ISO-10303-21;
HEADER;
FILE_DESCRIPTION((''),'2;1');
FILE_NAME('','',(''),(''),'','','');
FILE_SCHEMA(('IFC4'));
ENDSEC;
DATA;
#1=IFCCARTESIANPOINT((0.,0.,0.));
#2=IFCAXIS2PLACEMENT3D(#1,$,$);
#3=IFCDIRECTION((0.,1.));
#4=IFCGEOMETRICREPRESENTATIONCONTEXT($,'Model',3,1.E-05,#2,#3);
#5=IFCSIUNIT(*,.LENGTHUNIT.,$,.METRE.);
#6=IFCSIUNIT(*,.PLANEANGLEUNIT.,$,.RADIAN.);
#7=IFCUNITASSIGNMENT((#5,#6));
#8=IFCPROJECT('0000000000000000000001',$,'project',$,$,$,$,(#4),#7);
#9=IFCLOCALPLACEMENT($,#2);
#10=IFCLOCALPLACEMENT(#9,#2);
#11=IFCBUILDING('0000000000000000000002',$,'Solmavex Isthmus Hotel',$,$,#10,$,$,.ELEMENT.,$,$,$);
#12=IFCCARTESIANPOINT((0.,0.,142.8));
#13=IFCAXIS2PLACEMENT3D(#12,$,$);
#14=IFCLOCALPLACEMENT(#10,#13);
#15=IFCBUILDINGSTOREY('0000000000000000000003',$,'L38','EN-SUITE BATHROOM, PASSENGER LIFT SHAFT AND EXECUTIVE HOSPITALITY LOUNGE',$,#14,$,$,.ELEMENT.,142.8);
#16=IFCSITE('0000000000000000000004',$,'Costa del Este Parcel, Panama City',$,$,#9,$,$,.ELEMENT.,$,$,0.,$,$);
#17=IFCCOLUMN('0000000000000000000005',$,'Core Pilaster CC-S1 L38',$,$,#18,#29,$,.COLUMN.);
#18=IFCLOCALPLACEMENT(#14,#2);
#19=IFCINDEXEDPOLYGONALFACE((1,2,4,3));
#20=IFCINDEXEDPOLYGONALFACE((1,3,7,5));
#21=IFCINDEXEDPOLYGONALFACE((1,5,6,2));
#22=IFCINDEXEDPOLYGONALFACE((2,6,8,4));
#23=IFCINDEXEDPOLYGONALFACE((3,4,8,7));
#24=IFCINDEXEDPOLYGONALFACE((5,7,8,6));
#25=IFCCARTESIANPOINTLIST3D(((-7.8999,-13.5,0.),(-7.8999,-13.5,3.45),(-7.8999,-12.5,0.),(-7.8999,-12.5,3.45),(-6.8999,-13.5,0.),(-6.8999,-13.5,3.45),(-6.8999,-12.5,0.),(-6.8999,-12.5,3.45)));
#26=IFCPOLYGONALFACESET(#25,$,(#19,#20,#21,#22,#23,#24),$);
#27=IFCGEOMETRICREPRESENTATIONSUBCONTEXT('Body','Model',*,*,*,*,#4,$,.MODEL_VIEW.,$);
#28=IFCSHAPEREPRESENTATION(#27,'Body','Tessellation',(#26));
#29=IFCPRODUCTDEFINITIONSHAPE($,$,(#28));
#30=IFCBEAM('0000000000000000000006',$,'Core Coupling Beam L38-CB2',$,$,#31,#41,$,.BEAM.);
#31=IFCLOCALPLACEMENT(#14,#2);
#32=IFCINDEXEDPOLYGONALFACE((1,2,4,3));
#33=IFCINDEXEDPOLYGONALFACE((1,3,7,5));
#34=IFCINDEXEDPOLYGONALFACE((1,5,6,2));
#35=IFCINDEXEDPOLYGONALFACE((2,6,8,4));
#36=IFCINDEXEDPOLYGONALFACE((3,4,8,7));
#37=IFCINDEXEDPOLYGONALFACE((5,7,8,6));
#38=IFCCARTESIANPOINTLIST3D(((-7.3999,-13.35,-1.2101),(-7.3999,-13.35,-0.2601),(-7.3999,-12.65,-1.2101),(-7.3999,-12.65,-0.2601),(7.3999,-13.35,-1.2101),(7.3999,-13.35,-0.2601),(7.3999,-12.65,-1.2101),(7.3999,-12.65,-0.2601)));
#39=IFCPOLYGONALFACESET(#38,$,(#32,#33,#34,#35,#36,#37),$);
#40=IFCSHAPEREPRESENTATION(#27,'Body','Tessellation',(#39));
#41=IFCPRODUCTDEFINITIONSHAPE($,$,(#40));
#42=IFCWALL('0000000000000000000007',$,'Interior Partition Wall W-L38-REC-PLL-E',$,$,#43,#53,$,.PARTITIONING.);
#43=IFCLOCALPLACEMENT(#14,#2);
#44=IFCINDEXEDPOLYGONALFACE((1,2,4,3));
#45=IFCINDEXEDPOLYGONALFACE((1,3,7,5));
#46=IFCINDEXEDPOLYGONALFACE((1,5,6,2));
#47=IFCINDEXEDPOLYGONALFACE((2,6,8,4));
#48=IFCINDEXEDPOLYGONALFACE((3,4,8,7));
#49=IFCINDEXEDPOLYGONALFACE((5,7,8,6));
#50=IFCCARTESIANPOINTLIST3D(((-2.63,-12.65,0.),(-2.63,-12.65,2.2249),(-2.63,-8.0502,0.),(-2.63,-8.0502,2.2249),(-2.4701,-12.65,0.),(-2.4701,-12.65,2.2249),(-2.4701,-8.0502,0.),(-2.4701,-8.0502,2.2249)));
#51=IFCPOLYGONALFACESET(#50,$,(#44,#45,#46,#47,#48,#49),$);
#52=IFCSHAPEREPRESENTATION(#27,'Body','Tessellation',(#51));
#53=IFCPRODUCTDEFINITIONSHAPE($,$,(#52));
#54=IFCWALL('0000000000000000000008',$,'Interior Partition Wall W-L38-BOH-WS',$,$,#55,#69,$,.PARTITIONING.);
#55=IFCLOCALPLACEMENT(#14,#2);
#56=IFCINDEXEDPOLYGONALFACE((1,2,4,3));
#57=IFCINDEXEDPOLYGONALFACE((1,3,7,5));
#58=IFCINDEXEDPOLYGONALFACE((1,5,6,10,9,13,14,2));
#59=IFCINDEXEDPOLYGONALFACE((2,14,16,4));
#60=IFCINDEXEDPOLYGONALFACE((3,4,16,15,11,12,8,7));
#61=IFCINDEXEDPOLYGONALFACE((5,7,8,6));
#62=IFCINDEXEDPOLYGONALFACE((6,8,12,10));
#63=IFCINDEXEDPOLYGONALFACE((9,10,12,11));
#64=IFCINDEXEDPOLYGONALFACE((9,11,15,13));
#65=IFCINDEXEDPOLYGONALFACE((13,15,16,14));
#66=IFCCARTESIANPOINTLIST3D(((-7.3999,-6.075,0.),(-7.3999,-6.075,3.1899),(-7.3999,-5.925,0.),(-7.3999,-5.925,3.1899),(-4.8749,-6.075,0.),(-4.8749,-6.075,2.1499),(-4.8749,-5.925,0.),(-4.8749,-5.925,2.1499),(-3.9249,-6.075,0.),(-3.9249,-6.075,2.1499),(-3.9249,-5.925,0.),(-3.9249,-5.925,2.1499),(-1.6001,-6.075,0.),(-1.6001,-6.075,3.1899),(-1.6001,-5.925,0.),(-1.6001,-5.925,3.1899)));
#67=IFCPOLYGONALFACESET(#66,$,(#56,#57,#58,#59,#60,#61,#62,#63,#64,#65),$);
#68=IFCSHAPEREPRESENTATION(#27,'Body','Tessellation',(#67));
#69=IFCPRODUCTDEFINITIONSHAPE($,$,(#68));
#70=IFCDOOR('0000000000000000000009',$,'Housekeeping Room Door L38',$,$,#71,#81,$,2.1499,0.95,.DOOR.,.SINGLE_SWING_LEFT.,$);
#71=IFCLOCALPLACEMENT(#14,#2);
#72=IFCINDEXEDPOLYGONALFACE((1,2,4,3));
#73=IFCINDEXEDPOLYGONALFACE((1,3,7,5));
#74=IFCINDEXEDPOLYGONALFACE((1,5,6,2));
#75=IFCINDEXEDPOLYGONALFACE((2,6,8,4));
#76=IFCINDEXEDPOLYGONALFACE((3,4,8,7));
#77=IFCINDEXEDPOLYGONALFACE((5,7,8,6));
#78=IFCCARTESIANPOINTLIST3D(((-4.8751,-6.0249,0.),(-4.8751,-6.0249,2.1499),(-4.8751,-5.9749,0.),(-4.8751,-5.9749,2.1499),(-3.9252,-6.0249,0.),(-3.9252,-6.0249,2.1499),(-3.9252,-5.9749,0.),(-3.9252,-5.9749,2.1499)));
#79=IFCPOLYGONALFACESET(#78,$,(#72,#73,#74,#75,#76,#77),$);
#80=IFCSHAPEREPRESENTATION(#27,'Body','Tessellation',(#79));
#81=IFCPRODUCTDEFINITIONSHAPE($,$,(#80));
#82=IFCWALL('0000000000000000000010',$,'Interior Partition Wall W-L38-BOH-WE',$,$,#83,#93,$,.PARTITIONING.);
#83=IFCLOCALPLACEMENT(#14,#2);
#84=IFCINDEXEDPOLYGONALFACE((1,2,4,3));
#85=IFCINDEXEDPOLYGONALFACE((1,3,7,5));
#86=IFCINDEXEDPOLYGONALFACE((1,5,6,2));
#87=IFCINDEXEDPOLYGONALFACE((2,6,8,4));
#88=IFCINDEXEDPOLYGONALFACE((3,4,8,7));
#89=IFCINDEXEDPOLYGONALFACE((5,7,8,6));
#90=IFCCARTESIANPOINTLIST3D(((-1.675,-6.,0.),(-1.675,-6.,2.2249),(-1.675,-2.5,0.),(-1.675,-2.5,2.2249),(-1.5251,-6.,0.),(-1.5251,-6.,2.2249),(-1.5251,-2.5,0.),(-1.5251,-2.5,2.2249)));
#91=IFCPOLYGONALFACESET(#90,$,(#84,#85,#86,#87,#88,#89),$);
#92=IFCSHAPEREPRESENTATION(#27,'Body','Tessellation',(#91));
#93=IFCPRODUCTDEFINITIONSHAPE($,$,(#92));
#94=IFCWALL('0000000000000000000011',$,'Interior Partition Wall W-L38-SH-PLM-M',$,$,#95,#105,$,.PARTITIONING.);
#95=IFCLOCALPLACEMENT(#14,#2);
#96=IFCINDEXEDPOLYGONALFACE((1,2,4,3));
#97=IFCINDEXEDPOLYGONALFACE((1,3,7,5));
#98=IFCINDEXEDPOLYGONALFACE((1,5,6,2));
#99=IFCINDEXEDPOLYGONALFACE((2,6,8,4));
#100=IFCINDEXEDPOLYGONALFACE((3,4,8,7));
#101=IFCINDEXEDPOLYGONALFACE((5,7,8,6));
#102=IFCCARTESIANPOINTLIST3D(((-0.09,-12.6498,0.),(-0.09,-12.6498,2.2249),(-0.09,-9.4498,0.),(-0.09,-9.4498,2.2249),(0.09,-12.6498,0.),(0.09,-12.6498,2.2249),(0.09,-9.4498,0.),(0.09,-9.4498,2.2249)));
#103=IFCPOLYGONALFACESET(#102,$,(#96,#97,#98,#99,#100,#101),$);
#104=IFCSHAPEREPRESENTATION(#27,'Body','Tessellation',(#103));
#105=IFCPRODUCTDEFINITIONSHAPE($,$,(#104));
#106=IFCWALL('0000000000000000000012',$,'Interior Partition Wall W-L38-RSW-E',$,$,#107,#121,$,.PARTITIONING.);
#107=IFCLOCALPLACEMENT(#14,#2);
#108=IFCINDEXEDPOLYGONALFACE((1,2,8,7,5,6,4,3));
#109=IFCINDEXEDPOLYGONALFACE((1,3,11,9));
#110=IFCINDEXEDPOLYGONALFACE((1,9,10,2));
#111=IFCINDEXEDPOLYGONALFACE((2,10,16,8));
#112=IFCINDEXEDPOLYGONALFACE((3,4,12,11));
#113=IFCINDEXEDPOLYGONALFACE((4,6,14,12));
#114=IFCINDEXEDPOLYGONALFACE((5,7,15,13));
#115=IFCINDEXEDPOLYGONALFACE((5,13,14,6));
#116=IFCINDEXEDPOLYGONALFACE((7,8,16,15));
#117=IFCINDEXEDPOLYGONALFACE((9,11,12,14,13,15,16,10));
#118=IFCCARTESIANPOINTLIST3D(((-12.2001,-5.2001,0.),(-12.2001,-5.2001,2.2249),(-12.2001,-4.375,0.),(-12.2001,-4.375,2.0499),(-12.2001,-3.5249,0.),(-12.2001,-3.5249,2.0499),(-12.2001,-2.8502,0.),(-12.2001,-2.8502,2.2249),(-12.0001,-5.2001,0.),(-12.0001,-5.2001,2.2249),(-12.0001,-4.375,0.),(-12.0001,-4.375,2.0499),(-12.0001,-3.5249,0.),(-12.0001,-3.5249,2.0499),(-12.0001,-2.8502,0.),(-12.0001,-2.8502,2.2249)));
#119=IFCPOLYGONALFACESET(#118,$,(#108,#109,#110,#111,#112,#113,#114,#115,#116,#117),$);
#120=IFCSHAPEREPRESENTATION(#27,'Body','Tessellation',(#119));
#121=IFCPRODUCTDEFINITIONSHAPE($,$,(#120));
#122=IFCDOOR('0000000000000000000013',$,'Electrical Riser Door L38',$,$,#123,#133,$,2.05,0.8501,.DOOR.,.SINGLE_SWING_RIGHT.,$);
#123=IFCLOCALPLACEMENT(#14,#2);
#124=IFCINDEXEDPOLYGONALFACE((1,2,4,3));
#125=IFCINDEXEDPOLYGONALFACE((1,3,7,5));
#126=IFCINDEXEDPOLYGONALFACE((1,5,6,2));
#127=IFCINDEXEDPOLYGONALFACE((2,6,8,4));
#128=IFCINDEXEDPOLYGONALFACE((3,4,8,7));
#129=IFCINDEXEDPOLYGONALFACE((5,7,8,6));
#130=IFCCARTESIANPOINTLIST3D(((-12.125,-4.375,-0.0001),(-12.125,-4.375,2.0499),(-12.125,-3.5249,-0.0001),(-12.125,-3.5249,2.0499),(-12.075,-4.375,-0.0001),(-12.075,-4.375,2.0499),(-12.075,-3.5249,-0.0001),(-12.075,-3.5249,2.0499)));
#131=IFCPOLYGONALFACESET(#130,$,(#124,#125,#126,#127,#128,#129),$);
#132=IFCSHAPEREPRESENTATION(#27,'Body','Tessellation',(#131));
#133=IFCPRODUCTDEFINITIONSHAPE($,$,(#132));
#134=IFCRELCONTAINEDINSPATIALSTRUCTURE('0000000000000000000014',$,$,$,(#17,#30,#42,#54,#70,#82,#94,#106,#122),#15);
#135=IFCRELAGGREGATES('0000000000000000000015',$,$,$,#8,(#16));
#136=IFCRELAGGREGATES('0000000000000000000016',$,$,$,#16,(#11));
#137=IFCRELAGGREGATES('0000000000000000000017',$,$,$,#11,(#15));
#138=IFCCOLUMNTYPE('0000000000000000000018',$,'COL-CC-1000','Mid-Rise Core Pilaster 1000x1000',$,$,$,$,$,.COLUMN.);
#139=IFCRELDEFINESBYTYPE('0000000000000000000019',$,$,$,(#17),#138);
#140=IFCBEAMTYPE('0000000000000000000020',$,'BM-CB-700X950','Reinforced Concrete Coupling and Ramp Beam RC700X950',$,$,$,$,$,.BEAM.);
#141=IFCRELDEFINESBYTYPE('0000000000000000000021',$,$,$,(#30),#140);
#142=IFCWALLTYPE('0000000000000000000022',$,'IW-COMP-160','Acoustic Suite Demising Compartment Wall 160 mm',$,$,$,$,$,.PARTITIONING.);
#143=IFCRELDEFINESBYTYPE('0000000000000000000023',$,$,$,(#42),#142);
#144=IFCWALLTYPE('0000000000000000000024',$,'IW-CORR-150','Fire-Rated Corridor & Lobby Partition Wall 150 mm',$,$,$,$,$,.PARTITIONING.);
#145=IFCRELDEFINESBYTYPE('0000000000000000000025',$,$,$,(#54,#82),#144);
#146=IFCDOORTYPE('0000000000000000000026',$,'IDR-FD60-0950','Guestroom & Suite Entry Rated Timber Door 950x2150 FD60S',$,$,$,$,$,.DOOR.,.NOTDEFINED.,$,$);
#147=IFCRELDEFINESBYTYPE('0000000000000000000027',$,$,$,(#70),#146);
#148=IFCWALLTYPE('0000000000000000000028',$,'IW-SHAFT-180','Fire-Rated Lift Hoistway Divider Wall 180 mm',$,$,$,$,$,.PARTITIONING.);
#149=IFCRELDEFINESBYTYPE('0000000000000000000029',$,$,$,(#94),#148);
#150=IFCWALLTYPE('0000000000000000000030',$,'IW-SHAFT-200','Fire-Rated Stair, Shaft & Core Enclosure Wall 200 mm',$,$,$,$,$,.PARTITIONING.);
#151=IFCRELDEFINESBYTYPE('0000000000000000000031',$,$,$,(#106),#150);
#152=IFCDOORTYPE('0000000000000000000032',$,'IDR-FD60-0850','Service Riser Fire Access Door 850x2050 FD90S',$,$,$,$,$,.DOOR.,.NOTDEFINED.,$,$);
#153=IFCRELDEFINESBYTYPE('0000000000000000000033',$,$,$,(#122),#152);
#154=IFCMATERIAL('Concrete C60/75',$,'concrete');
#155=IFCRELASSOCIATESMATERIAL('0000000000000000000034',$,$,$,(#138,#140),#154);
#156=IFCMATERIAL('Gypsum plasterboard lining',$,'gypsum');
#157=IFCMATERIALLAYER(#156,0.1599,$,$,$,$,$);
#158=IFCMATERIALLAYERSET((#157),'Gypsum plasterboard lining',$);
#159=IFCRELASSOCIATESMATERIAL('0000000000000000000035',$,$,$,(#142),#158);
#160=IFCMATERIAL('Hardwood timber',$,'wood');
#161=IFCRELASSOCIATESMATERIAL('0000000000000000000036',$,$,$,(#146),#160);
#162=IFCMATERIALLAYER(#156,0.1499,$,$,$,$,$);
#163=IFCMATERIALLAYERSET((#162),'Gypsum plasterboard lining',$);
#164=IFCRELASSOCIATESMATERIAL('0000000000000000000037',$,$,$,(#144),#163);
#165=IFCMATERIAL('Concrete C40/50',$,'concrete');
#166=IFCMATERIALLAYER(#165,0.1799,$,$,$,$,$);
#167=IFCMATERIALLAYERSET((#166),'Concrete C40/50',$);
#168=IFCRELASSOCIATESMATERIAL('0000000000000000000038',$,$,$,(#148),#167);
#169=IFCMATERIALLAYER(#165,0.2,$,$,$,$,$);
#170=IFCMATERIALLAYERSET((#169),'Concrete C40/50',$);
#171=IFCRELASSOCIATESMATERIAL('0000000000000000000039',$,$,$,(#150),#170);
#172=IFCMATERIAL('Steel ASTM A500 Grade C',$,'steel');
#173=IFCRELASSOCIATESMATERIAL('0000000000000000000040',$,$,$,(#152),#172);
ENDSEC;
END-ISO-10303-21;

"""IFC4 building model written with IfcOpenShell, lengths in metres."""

from ifc_helpers import new_model, si_unit, direction, frame, frame_2d, origin, origin_2d, place, context, subcontext, project, spatial, rectangle, extrude, material, layer, layer_set, material_profile, profile_set, type_object, element, fill, save


model = new_model("IFC4")

# Units and contexts
model_context = context("Model", 3, precision=1e-05, world=origin(), true_north=direction((0.0, 1.0)))
body_context = subcontext(model_context, "Body", "Model", "MODEL_VIEW")
ifc_project = project(units=[si_unit("LENGTHUNIT", "METRE"), si_unit("PLANEANGLEUNIT", "RADIAN")], contexts=[model_context])

# Site, building, storey
site_placement = place(None, origin())
site = spatial("IfcSite", under=ifc_project, at=site_placement, Name="Costa del Este Parcel, Panama City", CompositionType="ELEMENT", RefElevation=0.0)
building_placement = place(site_placement, origin())
building = spatial("IfcBuilding", under=site, at=building_placement, Name="Solmavex Isthmus Hotel", CompositionType="ELEMENT")
storey_placement = place(building_placement, frame((0.0, 0.0, 142.8)))
storey = spatial("IfcBuildingStorey", under=building, at=storey_placement, Name="L38", Description="EN-SUITE BATHROOM, PASSENGER LIFT SHAFT AND EXECUTIVE HOSPITALITY LOUNGE", CompositionType="ELEMENT", Elevation=142.8)

# Column
ifc_material_1 = material(Name="Concrete C60/75", Category="concrete")
ifc_material_profile_1 = material_profile(ifc_material_1, rectangle(XDim=1.0, YDim=1.0, at=origin_2d()), Name="RC1000X1000")
ifc_profile_set_1 = profile_set([ifc_material_profile_1], Name="Concrete C60/75")
column_type = type_object("IfcColumnType", Name="COL-CC-1000", Description="Mid-Rise Core Pilaster 1000x1000", PredefinedType="COLUMN", material=ifc_profile_set_1)
column_placement = place(storey_placement, frame((-7.3999, -13.0, 0.0), z_axis=(0.0, 0.0, 1.0), x_axis=(1.0, 0.0, 0.0)))
element("IfcColumn", 1, at=column_placement, inside=storey, type_object=column_type, Name="Core Pilaster CC-S1 L38", PredefinedType="COLUMN", context=body_context, shape_type="SweptSolid", body=[
    extrude(rectangle(XDim=1.0, YDim=1.0, at=origin_2d()), origin(), (0.0, 0.0, 1.0), 3.45),
])

# Beam
ifc_material_profile_2 = material_profile(ifc_material_1, rectangle(XDim=0.7, YDim=0.95, at=origin_2d()), Name="RC700X950")
ifc_profile_set_2 = profile_set([ifc_material_profile_2], Name="Concrete C60/75")
beam_type = type_object("IfcBeamType", Name="BM-CB-700X950", Description="Reinforced Concrete Coupling and Ramp Beam RC700X950", PredefinedType="BEAM", material=ifc_profile_set_2)
beam_placement = place(storey_placement, frame((-7.3999, -13.0, -0.7351), z_axis=(1.0, 0.0, 0.0), x_axis=(0.0, 1.0, 0.0)))
element("IfcBeam", 2, at=beam_placement, inside=storey, type_object=beam_type, Name="Core Coupling Beam L38-CB2", PredefinedType="BEAM", context=body_context, shape_type="SweptSolid", body=[
    extrude(rectangle(XDim=0.7, YDim=0.95, at=origin_2d()), origin(), (0.0, 0.0, 1.0), 14.7998),
])

# Shared definitions
ifc_material_2 = material(Name="Gypsum plasterboard lining", Category="gypsum")
ifc_layer_1 = layer(ifc_material_2, 0.1599)
ifc_layer_set_1 = layer_set([ifc_layer_1], Name="Gypsum plasterboard lining")
wall_type_1 = type_object("IfcWallType", Name="IW-COMP-160", Description="Acoustic Suite Demising Compartment Wall 160 mm", PredefinedType="PARTITIONING", material=ifc_layer_set_1)
ifc_material_3 = material(Name="Hardwood timber", Category="wood")
door_type_1 = type_object("IfcDoorType", Name="IDR-FD60-0950", Description="Guestroom & Suite Entry Rated Timber Door 950x2150 FD60S", OperationType="NOTDEFINED", PredefinedType="DOOR", material=ifc_material_3)

# Wall
wall_1_placement = place(storey_placement, frame((-2.55, -12.6499, 0.0), z_axis=(0.0, 0.0, 1.0), x_axis=(0.0, 1.0, 0.0)))
element("IfcWall", 3, at=wall_1_placement, inside=storey, type_object=wall_type_1, Name="Interior Partition Wall W-L38-REC-PLL-E", PredefinedType="PARTITIONING", context=body_context, shape_type="SweptSolid", body=[
    extrude(rectangle(XDim=4.5999, YDim=0.1599, at=frame_2d((2.2998, 0.0))), origin(), (0.0, 0.0, 1.0), 2.2249),
])

# Wall, opening, door
ifc_layer_2 = layer(ifc_material_2, 0.1499)
ifc_layer_set_2 = layer_set([ifc_layer_2], Name="Gypsum plasterboard lining")
wall_type_2 = type_object("IfcWallType", Name="IW-CORR-150", Description="Fire-Rated Corridor & Lobby Partition Wall 150 mm", PredefinedType="PARTITIONING", material=ifc_layer_set_2)
wall_2_placement = place(storey_placement, frame((-7.3999, -6.0, 0.0), z_axis=(0.0, 0.0, 1.0), x_axis=(1.0, 0.0, 0.0)))
wall_2 = element("IfcWall", 4, at=wall_2_placement, inside=storey, type_object=wall_type_2, Name="Interior Partition Wall W-L38-BOH-WS", PredefinedType="PARTITIONING", context=body_context, shape_type="SweptSolid", body=[
    extrude(rectangle(XDim=5.7998, YDim=0.1499, at=frame_2d((2.8999, 0.0))), origin(), (0.0, 0.0, 1.0), 3.1899),
])
opening_1_placement = place(wall_2_placement, frame((2.5249, 0.0, 0.0)))
opening_1 = element("IfcOpeningElement", 5, at=opening_1_placement, cuts=wall_2, PredefinedType="OPENING", context=body_context, shape_type="SweptSolid", body=[
    extrude(rectangle(XDim=0.95, YDim=2.1499, at=frame_2d((0.4751, 1.075))), frame((0.0, 0.085, 0.0), z_axis=(0.0, -1.0, 0.0), x_axis=(1.0, 0.0, 0.0)), (0.0, 0.0, 1.0), 0.1699),
])
door_1_placement = place(opening_1_placement, frame((0.95, 0.0, 0.0), z_axis=(0.0, 0.0, 1.0), x_axis=(-1.0, 0.0, 0.0)))
door_1 = element("IfcDoor", 6, at=door_1_placement, inside=storey, type_object=door_type_1, Name="Housekeeping Room Door L38", OperationType="SINGLE_SWING_LEFT", OverallHeight=2.1499, OverallWidth=0.95, PredefinedType="DOOR", context=body_context, shape_type="SweptSolid", body=[
    extrude(rectangle(XDim=0.95, YDim=2.1499, at=frame_2d((0.4751, 1.075))), frame((0.0, 0.0249, 0.0), z_axis=(0.0, -1.0, 0.0), x_axis=(1.0, 0.0, 0.0)), (0.0, 0.0, 1.0), 0.05),
])
fill(opening_1, door_1)

# Walls
wall_3_placement = place(storey_placement, frame((-1.6001, -6.0, 0.0), z_axis=(0.0, 0.0, 1.0), x_axis=(0.0, 1.0, 0.0)))
element("IfcWall", 7, at=wall_3_placement, inside=storey, type_object=wall_type_2, Name="Interior Partition Wall W-L38-BOH-WE", PredefinedType="PARTITIONING", context=body_context, shape_type="SweptSolid", body=[
    extrude(rectangle(XDim=3.5, YDim=0.1499, at=frame_2d((1.75, 0.0))), origin(), (0.0, 0.0, 1.0), 2.2249),
])
ifc_material_4 = material(Name="Concrete C40/50", Category="concrete")
ifc_layer_3 = layer(ifc_material_4, 0.1799)
ifc_layer_set_3 = layer_set([ifc_layer_3], Name="Concrete C40/50")
wall_type_3 = type_object("IfcWallType", Name="IW-SHAFT-180", Description="Fire-Rated Lift Hoistway Divider Wall 180 mm", PredefinedType="PARTITIONING", material=ifc_layer_set_3)
wall_4_placement = place(storey_placement, frame((0.0, -12.6499, 0.0), z_axis=(0.0, 0.0, 1.0), x_axis=(0.0, 1.0, 0.0)))
element("IfcWall", 8, at=wall_4_placement, inside=storey, type_object=wall_type_3, Name="Interior Partition Wall W-L38-SH-PLM-M", PredefinedType="PARTITIONING", context=body_context, shape_type="SweptSolid", body=[
    extrude(rectangle(XDim=3.2, YDim=0.1799, at=frame_2d((1.6001, 0.0))), origin(), (0.0, 0.0, 1.0), 2.2249),
])

# Wall, opening, door
ifc_layer_4 = layer(ifc_material_4, 0.2)
ifc_layer_set_4 = layer_set([ifc_layer_4], Name="Concrete C40/50")
wall_type_4 = type_object("IfcWallType", Name="IW-SHAFT-200", Description="Fire-Rated Stair, Shaft & Core Enclosure Wall 200 mm", PredefinedType="PARTITIONING", material=ifc_layer_set_4)
wall_5_placement = place(storey_placement, frame((-12.1001, -5.2, 0.0), z_axis=(0.0, 0.0, 1.0), x_axis=(0.0, 1.0, 0.0)))
wall_5 = element("IfcWall", 9, at=wall_5_placement, inside=storey, type_object=wall_type_4, Name="Interior Partition Wall W-L38-RSW-E", PredefinedType="PARTITIONING", context=body_context, shape_type="SweptSolid", body=[
    extrude(rectangle(XDim=2.3499, YDim=0.2, at=frame_2d((1.1748, 0.0))), origin(), (0.0, 0.0, 1.0), 2.2249),
])
opening_2_placement = place(wall_5_placement, frame((0.825, 0.0, 0.0)))
opening_2 = element("IfcOpeningElement", 10, at=opening_2_placement, cuts=wall_5, PredefinedType="OPENING", context=body_context, shape_type="SweptSolid", body=[
    extrude(rectangle(XDim=0.8501, YDim=2.05, at=frame_2d((0.425, 1.0249))), frame((0.0, 0.1099, 0.0), z_axis=(0.0, -1.0, 0.0), x_axis=(1.0, 0.0, 0.0)), (0.0, 0.0, 1.0), 0.22),
])
ifc_material_5 = material(Name="Steel ASTM A500 Grade C", Category="steel")
door_type_2 = type_object("IfcDoorType", Name="IDR-FD60-0850", Description="Service Riser Fire Access Door 850x2050 FD90S", OperationType="NOTDEFINED", PredefinedType="DOOR", material=ifc_material_5)
door_2_placement = place(opening_2_placement, origin())
door_2 = element("IfcDoor", 11, at=door_2_placement, inside=storey, type_object=door_type_2, Name="Electrical Riser Door L38", OperationType="SINGLE_SWING_RIGHT", OverallHeight=2.05, OverallWidth=0.8501, PredefinedType="DOOR", context=body_context, shape_type="SweptSolid", body=[
    extrude(rectangle(XDim=0.8501, YDim=2.05, at=frame_2d((0.425, 1.0249))), frame((0.0, 0.0249, 0.0), z_axis=(0.0, -1.0, 0.0), x_axis=(1.0, 0.0, 0.0)), (0.0, 0.0, 1.0), 0.05),
])
fill(opening_2, door_2)

save(model, "model.ifc")
